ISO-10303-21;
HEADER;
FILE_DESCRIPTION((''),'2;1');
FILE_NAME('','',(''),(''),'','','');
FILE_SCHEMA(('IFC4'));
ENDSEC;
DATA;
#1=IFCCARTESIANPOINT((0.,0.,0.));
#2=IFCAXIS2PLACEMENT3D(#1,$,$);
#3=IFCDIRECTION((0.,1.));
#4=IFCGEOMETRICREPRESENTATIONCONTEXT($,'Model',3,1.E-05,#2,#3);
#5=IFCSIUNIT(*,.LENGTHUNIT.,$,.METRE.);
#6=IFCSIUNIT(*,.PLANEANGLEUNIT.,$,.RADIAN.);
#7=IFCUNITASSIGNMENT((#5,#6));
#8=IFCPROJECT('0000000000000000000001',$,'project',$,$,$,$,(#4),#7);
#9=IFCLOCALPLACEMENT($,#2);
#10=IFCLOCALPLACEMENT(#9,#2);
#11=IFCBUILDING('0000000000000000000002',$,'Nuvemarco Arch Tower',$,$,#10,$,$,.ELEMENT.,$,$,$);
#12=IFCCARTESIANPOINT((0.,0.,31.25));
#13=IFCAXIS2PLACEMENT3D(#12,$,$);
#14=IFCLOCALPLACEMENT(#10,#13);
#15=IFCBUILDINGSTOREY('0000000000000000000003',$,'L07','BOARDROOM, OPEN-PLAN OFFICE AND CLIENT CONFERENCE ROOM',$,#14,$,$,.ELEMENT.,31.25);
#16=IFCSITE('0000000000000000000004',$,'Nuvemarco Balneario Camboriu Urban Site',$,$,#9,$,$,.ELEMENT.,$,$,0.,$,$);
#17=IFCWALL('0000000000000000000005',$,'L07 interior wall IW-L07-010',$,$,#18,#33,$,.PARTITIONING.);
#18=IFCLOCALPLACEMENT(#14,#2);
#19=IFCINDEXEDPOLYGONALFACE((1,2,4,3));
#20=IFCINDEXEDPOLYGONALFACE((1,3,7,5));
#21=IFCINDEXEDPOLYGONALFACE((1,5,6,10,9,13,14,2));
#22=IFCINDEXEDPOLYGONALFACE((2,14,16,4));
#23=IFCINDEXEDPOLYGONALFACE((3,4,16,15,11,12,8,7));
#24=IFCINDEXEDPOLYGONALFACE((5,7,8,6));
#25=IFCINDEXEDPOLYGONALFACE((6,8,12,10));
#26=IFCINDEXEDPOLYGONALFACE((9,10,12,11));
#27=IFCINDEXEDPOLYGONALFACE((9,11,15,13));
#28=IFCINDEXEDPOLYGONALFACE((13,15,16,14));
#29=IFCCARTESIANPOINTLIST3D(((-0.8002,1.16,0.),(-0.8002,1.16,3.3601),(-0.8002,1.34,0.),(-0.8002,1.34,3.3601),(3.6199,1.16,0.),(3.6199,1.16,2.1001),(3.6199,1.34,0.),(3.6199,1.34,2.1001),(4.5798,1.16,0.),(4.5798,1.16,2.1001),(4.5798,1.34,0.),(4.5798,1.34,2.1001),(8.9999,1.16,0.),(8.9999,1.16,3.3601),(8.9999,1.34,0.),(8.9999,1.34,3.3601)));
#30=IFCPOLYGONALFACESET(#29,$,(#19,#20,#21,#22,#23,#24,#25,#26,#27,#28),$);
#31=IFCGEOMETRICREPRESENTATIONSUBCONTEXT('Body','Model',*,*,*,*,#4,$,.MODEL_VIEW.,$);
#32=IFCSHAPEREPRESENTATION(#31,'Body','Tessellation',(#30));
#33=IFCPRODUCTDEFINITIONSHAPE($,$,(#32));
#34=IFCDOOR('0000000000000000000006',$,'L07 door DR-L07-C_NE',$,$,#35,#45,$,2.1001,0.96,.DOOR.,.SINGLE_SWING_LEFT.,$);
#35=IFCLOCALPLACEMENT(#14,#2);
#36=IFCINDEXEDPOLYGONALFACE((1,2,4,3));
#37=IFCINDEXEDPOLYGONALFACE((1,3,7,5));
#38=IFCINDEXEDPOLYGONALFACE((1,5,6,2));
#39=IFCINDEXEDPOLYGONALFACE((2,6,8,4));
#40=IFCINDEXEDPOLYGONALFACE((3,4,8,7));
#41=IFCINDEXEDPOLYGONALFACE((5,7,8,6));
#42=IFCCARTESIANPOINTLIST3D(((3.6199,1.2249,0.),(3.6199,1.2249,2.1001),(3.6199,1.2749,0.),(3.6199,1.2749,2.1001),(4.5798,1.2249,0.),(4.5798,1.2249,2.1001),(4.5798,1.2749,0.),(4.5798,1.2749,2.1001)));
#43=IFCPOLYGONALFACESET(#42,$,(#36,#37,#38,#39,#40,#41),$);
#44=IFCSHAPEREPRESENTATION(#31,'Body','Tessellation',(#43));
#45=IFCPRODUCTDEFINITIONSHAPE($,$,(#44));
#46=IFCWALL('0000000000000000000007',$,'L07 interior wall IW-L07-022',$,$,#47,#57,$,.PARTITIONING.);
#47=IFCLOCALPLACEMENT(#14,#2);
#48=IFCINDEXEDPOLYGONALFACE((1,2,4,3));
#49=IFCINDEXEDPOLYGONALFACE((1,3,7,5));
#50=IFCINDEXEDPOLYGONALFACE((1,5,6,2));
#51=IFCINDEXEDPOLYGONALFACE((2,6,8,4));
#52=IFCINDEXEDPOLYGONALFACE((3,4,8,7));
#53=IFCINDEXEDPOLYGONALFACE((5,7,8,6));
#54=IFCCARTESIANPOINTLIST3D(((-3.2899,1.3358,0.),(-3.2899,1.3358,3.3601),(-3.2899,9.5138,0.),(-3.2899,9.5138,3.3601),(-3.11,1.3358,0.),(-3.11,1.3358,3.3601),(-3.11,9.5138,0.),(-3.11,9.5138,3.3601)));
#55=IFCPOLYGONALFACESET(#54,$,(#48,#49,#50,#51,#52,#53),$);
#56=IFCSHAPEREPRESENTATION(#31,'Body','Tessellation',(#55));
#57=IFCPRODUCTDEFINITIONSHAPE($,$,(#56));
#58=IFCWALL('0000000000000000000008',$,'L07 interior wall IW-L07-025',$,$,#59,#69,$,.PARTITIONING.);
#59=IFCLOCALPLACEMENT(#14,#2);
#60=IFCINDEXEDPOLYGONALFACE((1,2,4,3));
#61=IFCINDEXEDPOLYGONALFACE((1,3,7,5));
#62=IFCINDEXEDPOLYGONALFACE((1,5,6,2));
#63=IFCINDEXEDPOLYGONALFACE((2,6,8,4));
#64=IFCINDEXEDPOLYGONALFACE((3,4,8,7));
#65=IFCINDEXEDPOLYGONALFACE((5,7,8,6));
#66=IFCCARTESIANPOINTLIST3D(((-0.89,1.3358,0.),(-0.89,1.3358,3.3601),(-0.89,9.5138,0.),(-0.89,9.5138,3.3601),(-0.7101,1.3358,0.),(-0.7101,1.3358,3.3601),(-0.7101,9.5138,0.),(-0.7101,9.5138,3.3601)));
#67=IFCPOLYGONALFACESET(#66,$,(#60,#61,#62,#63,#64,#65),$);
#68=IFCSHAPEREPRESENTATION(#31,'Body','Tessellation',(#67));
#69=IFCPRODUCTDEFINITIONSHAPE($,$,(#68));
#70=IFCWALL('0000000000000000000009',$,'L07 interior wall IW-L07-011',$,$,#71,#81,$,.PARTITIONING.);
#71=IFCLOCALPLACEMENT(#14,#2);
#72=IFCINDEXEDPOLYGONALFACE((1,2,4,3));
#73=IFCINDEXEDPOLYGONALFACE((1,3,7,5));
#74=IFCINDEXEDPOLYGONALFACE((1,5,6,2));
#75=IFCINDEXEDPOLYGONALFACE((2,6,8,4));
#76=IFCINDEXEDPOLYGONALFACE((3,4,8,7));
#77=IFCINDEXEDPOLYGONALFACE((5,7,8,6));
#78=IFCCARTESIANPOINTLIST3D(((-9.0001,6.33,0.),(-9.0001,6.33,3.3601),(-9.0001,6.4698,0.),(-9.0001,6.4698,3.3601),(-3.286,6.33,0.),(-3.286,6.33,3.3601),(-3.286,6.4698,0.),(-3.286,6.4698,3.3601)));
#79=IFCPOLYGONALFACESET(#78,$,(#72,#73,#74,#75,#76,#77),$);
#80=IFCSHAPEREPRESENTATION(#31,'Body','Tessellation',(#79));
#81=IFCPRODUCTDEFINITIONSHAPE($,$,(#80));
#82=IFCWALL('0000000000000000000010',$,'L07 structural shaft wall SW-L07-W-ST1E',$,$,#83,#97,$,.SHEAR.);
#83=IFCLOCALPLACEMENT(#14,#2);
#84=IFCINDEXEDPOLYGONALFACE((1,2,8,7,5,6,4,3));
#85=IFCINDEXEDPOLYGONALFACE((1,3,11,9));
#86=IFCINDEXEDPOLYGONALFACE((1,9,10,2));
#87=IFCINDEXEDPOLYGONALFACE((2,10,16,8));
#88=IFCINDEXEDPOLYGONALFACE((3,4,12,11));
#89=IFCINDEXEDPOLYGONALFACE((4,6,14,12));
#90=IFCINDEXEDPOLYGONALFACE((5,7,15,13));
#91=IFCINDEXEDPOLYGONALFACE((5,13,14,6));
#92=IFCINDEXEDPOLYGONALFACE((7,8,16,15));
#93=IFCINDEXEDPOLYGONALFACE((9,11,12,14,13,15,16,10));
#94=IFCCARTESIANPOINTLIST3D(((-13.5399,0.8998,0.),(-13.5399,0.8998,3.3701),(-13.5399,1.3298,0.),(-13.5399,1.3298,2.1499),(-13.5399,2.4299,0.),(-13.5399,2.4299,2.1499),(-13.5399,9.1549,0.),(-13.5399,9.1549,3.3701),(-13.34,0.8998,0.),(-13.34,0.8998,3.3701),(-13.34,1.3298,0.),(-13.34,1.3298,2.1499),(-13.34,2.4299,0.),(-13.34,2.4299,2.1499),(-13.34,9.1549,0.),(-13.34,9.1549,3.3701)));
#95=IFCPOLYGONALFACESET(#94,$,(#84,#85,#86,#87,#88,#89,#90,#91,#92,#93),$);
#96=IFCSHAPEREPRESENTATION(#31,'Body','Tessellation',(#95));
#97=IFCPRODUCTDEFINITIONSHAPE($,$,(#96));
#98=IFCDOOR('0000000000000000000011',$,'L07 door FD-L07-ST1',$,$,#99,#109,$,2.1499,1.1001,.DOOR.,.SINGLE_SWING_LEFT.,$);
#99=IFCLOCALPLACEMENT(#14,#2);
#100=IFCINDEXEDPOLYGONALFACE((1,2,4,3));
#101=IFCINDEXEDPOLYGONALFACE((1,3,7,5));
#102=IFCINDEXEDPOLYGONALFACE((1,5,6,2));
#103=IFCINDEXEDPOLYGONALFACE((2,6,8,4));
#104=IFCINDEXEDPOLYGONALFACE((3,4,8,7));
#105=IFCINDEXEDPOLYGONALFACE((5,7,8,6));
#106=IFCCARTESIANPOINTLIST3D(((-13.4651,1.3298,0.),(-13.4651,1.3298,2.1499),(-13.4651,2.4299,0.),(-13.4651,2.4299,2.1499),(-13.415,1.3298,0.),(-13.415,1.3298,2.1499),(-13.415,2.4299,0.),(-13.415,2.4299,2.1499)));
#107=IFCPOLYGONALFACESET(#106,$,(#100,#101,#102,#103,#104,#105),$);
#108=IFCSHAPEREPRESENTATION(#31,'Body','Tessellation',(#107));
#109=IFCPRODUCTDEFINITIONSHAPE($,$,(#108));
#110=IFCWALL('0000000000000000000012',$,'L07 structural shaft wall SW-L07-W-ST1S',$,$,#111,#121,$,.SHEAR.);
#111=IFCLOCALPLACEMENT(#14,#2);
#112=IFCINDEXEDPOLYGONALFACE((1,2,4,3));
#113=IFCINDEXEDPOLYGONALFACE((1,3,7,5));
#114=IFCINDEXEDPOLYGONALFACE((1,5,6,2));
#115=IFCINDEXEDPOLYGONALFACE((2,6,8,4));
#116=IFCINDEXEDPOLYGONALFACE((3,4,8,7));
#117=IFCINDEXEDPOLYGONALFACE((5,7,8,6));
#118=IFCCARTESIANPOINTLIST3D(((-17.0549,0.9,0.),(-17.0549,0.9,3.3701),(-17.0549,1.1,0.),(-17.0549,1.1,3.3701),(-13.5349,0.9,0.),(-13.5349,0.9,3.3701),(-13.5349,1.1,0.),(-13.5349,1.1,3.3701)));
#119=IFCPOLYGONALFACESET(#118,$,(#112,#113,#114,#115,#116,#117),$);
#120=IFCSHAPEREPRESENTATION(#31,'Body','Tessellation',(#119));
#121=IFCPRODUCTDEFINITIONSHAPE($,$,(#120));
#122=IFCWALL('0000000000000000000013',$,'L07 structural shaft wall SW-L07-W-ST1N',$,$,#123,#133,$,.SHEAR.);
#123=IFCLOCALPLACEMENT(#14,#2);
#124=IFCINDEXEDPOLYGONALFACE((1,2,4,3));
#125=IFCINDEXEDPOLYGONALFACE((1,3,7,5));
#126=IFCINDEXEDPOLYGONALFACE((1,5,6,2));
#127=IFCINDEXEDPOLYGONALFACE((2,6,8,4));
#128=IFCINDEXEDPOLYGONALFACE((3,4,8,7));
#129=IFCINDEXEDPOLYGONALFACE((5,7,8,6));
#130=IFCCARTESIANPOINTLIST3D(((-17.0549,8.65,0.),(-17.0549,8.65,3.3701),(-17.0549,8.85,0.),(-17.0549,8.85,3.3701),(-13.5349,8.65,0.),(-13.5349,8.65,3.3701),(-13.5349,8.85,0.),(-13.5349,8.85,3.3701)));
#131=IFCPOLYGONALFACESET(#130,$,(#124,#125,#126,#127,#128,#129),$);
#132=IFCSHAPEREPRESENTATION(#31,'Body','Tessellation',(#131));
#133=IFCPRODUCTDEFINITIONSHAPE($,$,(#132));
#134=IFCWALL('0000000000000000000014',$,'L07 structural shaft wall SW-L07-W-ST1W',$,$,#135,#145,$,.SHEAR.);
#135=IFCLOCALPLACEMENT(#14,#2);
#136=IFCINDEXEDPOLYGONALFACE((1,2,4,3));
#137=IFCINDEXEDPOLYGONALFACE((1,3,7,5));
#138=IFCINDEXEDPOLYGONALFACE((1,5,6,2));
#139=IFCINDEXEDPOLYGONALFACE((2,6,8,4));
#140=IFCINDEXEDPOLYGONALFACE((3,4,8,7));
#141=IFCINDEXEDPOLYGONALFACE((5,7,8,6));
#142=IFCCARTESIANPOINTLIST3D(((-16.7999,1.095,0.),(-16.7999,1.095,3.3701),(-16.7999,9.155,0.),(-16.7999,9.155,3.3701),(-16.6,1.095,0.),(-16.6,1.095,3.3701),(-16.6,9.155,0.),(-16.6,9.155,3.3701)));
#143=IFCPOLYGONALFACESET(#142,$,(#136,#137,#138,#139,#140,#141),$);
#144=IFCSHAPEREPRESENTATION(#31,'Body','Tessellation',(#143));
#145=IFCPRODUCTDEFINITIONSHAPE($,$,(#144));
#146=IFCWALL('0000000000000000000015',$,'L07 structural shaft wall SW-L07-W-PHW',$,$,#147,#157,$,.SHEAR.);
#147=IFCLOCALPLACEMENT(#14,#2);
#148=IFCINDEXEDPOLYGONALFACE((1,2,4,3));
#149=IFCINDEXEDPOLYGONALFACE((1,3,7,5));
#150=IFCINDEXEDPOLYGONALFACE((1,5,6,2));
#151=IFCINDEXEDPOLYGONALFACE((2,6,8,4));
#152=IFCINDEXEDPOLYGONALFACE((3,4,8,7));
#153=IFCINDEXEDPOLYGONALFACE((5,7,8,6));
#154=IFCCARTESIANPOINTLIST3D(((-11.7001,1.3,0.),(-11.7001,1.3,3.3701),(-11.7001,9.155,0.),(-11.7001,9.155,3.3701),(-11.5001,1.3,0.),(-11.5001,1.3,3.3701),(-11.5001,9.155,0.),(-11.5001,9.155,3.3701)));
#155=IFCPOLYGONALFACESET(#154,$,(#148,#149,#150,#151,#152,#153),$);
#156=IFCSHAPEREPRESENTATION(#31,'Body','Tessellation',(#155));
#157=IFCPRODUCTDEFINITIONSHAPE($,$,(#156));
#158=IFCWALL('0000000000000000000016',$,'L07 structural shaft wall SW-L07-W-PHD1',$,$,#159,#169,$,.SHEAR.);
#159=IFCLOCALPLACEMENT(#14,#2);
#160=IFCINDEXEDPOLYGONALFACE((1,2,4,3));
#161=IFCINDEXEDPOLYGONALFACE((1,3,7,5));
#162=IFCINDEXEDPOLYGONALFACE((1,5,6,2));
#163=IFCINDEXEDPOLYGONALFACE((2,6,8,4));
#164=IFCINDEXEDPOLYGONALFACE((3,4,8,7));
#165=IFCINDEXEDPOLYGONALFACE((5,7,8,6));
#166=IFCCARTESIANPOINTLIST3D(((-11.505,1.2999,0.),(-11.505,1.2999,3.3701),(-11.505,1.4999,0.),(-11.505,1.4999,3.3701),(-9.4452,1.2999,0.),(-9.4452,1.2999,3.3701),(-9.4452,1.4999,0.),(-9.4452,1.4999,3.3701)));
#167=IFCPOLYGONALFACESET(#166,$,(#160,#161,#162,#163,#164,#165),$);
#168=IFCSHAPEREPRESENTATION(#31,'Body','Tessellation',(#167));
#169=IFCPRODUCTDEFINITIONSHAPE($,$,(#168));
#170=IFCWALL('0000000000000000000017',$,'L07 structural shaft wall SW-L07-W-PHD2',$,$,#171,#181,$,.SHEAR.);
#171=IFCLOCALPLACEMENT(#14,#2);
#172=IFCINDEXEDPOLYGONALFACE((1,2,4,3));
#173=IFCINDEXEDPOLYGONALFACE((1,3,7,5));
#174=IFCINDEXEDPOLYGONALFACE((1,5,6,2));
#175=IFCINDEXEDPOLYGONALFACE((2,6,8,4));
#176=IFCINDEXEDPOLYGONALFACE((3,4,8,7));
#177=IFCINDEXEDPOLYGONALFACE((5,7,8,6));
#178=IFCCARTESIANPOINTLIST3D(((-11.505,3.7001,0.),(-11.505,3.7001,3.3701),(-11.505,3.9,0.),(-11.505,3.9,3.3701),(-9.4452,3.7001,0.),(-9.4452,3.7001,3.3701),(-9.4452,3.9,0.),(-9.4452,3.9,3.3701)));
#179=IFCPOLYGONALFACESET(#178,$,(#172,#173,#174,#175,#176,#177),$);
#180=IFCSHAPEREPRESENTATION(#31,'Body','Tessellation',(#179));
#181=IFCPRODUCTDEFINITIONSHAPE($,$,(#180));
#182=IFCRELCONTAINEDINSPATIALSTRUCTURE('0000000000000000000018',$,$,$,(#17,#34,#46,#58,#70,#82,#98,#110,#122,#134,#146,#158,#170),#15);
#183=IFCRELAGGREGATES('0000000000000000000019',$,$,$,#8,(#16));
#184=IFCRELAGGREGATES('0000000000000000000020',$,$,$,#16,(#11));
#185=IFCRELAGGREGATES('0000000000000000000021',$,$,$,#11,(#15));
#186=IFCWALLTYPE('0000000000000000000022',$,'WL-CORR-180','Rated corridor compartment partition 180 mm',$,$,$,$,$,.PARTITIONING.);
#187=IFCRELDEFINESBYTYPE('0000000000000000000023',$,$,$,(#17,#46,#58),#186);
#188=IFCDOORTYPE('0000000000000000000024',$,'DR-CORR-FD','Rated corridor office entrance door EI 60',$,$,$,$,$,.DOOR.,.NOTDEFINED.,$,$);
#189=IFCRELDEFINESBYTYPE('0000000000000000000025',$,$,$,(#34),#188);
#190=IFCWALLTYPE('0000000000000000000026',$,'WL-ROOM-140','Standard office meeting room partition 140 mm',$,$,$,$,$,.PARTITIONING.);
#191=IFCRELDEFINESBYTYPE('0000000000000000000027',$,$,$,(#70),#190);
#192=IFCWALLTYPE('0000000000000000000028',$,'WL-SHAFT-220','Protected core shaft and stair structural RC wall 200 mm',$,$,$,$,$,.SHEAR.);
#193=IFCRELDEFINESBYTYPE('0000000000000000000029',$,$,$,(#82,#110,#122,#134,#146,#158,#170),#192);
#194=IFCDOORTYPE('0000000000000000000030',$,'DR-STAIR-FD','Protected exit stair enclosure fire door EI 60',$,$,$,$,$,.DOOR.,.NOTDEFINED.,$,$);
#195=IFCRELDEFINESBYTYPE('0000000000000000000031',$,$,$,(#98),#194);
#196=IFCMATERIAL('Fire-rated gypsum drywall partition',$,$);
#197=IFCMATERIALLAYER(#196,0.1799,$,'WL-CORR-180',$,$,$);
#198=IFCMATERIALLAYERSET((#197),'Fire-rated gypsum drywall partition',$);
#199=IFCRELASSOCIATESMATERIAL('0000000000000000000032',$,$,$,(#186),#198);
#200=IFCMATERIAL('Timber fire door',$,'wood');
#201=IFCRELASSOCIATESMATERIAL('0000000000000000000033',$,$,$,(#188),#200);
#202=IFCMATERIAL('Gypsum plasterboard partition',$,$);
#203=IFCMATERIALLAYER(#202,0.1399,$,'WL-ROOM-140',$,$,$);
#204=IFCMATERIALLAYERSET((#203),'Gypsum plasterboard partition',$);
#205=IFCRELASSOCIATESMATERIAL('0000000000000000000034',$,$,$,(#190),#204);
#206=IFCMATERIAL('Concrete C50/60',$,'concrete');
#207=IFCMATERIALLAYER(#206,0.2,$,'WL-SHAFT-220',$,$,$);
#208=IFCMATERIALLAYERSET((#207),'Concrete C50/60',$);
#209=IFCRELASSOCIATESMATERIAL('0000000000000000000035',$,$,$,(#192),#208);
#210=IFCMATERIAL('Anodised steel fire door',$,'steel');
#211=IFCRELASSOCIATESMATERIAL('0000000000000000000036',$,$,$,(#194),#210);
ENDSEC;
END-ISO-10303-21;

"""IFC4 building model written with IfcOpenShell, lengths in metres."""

from ifc_helpers import new_model, si_unit, direction, frame, frame_2d, origin, place, context, subcontext, project, spatial, rectangle, extrude, source, transform, mapped, material, layer, layer_set, type_object, type_shapes, element, fill, save


model = new_model("IFC4")

# Units and contexts
model_context = context("Model", 3, precision=1e-05, world=origin(), true_north=direction((0.0, 1.0)))
body_context = subcontext(model_context, "Body", "Model", "MODEL_VIEW")
ifc_project = project(units=[si_unit("LENGTHUNIT", "METRE"), si_unit("PLANEANGLEUNIT", "RADIAN")], contexts=[model_context])

# Site, building, storey
site_placement = place(None, origin())
site = spatial("IfcSite", under=ifc_project, at=site_placement, Name="Nuvemarco Balneario Camboriu Urban Site", CompositionType="ELEMENT", RefElevation=0.0)
building_placement = place(site_placement, origin())
building = spatial("IfcBuilding", under=site, at=building_placement, Name="Nuvemarco Arch Tower", CompositionType="ELEMENT")
storey_placement = place(building_placement, frame((0.0, 0.0, 31.25)))
storey = spatial("IfcBuildingStorey", under=building, at=storey_placement, Name="L07", Description="BOARDROOM, OPEN-PLAN OFFICE AND CLIENT CONFERENCE ROOM", CompositionType="ELEMENT", Elevation=31.25)

# Wall, opening, door
ifc_material_1 = material(Name="Fire-rated gypsum drywall partition")
ifc_layer_1 = layer(ifc_material_1, 0.1799, Name="WL-CORR-180")
ifc_layer_set_1 = layer_set([ifc_layer_1], Name="Fire-rated gypsum drywall partition")
wall_type_1 = type_object("IfcWallType", Name="WL-CORR-180", Description="Rated corridor compartment partition 180 mm", PredefinedType="PARTITIONING", material=ifc_layer_set_1)
ifc_material_2 = material(Name="Timber fire door", Category="wood")
door_type_1 = type_object("IfcDoorType", Name="DR-CORR-FD", Description="Rated corridor office entrance door EI 60", OperationType="NOTDEFINED", PredefinedType="DOOR", material=ifc_material_2)
shared_shape_1 = source(origin(), body_context, "Body", "SweptSolid", [
    extrude(rectangle(XDim=0.96, YDim=2.1001, at=frame_2d((0.48, 1.05))), frame((0.0, 0.0249, 0.0), z_axis=(0.0, -1.0, 0.0), x_axis=(1.0, 0.0, 0.0)), (0.0, 0.0, 1.0), 0.05),
])
type_shapes(door_type_1, [shared_shape_1])
wall_1_placement = place(storey_placement, frame((-0.8, 1.25, 0.0), z_axis=(0.0, 0.0, 1.0), x_axis=(1.0, 0.0, 0.0)))
wall_1 = element("IfcWall", 1, at=wall_1_placement, inside=storey, type_object=wall_type_1, Name="L07 interior wall IW-L07-010", PredefinedType="PARTITIONING", context=body_context, shape_type="SweptSolid", body=[
    extrude(rectangle(XDim=9.8, YDim=0.1799, at=frame_2d((4.8999, 0.0))), origin(), (0.0, 0.0, 1.0), 3.3601),
])
opening_1_placement = place(wall_1_placement, frame((4.4199, 0.0, 0.0)))
opening_1 = element("IfcOpeningElement", 2, at=opening_1_placement, cuts=wall_1, PredefinedType="OPENING", context=body_context, shape_type="SweptSolid", body=[
    extrude(rectangle(XDim=0.96, YDim=2.1001, at=frame_2d((0.48, 1.05))), frame((0.0, 0.0999, 0.0), z_axis=(0.0, -1.0, 0.0), x_axis=(1.0, 0.0, 0.0)), (0.0, 0.0, 1.0), 0.2),
])
door_1_placement = place(opening_1_placement, origin())
door_1 = element("IfcDoor", 3, at=door_1_placement, inside=storey, type_object=door_type_1, Name="L07 door DR-L07-C_NE", OperationType="SINGLE_SWING_LEFT", OverallHeight=2.1001, OverallWidth=0.96, PredefinedType="DOOR", context=body_context, shape_type="MappedRepresentation", body=[
    mapped(shared_shape_1, transform((0.0, 0.0, 0.0), scale=1.0)),
])
fill(opening_1, door_1)

# Walls
for number, where, z_axis, x_axis, name in (
    (4, (-3.2, 1.3359, 0.0), (0.0, 0.0, 1.0), (0.0, 1.0, 0.0), "L07 interior wall IW-L07-022"),
    (5, (-0.8, 1.3359, 0.0), (0.0, 0.0, 1.0), (0.0, 1.0, 0.0), "L07 interior wall IW-L07-025"),
):
    element("IfcWall", number, at=place(storey_placement, frame(where, z_axis=z_axis, x_axis=x_axis)), inside=storey, type_object=wall_type_1, Name=name, PredefinedType="PARTITIONING", context=body_context, shape_type="SweptSolid", body=[
        extrude(rectangle(XDim=8.178, YDim=0.1799, at=frame_2d((4.0889, 0.0))), origin(), (0.0, 0.0, 1.0), 3.3601),
    ])
ifc_material_3 = material(Name="Gypsum plasterboard partition")
ifc_layer_2 = layer(ifc_material_3, 0.1399, Name="WL-ROOM-140")
ifc_layer_set_2 = layer_set([ifc_layer_2], Name="Gypsum plasterboard partition")
wall_type_2 = type_object("IfcWallType", Name="WL-ROOM-140", Description="Standard office meeting room partition 140 mm", PredefinedType="PARTITIONING", material=ifc_layer_set_2)
wall_2_placement = place(storey_placement, frame((-9.0, 6.3999, 0.0), z_axis=(0.0, 0.0, 1.0), x_axis=(1.0, 0.0, 0.0)))
element("IfcWall", 6, at=wall_2_placement, inside=storey, type_object=wall_type_2, Name="L07 interior wall IW-L07-011", PredefinedType="PARTITIONING", context=body_context, shape_type="SweptSolid", body=[
    extrude(rectangle(XDim=5.7141, YDim=0.1399, at=frame_2d((2.8569, 0.0))), origin(), (0.0, 0.0, 1.0), 3.3601),
])

# Wall, opening, door
ifc_material_4 = material(Name="Concrete C50/60", Category="concrete")
ifc_layer_3 = layer(ifc_material_4, 0.2, Name="WL-SHAFT-220")
ifc_layer_set_3 = layer_set([ifc_layer_3], Name="Concrete C50/60")
wall_type_3 = type_object("IfcWallType", Name="WL-SHAFT-220", Description="Protected core shaft and stair structural RC wall 200 mm", PredefinedType="SHEAR", material=ifc_layer_set_3)
wall_3_placement = place(storey_placement, frame((-13.4399, 0.8999, 0.0), z_axis=(0.0, 0.0, 1.0), x_axis=(0.0, 1.0, 0.0)))
wall_3 = element("IfcWall", 7, at=wall_3_placement, inside=storey, type_object=wall_type_3, Name="L07 structural shaft wall SW-L07-W-ST1E", PredefinedType="SHEAR", context=body_context, shape_type="SweptSolid", body=[
    extrude(rectangle(XDim=8.2551, YDim=0.2, at=frame_2d((4.1274, 0.0))), origin(), (0.0, 0.0, 1.0), 3.3701),
])
opening_2_placement = place(wall_3_placement, frame((1.53, 0.0, 0.0), z_axis=(0.0, 0.0, 1.0), x_axis=(-1.0, 0.0, 0.0)))
opening_2 = element("IfcOpeningElement", 8, at=opening_2_placement, cuts=wall_3, PredefinedType="OPENING", context=body_context, shape_type="SweptSolid", body=[
    extrude(rectangle(XDim=1.1001, YDim=2.1499, at=frame_2d((0.55, 1.075))), frame((0.0, 0.1099, 0.0), z_axis=(0.0, -1.0, 0.0), x_axis=(1.0, 0.0, 0.0)), (0.0, 0.0, 1.0), 0.22),
])
ifc_material_5 = material(Name="Anodised steel fire door", Category="steel")
door_type_2 = type_object("IfcDoorType", Name="DR-STAIR-FD", Description="Protected exit stair enclosure fire door EI 60", OperationType="NOTDEFINED", PredefinedType="DOOR", material=ifc_material_5)
shared_shape_2 = source(origin(), body_context, "Body", "SweptSolid", [
    extrude(rectangle(XDim=1.1001, YDim=2.1499, at=frame_2d((0.55, 1.075))), frame((0.0, 0.0249, 0.0), z_axis=(0.0, -1.0, 0.0), x_axis=(1.0, 0.0, 0.0)), (0.0, 0.0, 1.0), 0.05),
])
type_shapes(door_type_2, [shared_shape_2])
door_2_placement = place(opening_2_placement, origin())
door_2 = element("IfcDoor", 9, at=door_2_placement, inside=storey, type_object=door_type_2, Name="L07 door FD-L07-ST1", OperationType="SINGLE_SWING_LEFT", OverallHeight=2.1499, OverallWidth=1.1001, PredefinedType="DOOR", context=body_context, shape_type="MappedRepresentation", body=[
    mapped(shared_shape_2, transform((0.0, 0.0, 0.0), scale=1.0)),
])
fill(opening_2, door_2)

# Walls
for number, where, z_axis, x_axis, name in (
    (10, (-17.0549, 1.0, 0.0), (0.0, 0.0, 1.0), (1.0, 0.0, 0.0), "L07 structural shaft wall SW-L07-W-ST1S"),
    (11, (-17.0549, 8.75, 0.0), (0.0, 0.0, 1.0), (1.0, 0.0, 0.0), "L07 structural shaft wall SW-L07-W-ST1N"),
):
    element("IfcWall", number, at=place(storey_placement, frame(where, z_axis=z_axis, x_axis=x_axis)), inside=storey, type_object=wall_type_3, Name=name, PredefinedType="SHEAR", context=body_context, shape_type="SweptSolid", body=[
        extrude(rectangle(XDim=3.52, YDim=0.2, at=frame_2d((1.76, 0.0))), origin(), (0.0, 0.0, 1.0), 3.3701),
    ])
wall_4_placement = place(storey_placement, frame((-16.7, 1.095, 0.0), z_axis=(0.0, 0.0, 1.0), x_axis=(0.0, 1.0, 0.0)))
element("IfcWall", 12, at=wall_4_placement, inside=storey, type_object=wall_type_3, Name="L07 structural shaft wall SW-L07-W-ST1W", PredefinedType="SHEAR", context=body_context, shape_type="SweptSolid", body=[
    extrude(rectangle(XDim=8.0601, YDim=0.2, at=frame_2d((4.03, 0.0))), origin(), (0.0, 0.0, 1.0), 3.3701),
])
wall_5_placement = place(storey_placement, frame((-11.6001, 1.3, 0.0), z_axis=(0.0, 0.0, 1.0), x_axis=(0.0, 1.0, 0.0)))
element("IfcWall", 13, at=wall_5_placement, inside=storey, type_object=wall_type_3, Name="L07 structural shaft wall SW-L07-W-PHW", PredefinedType="SHEAR", context=body_context, shape_type="SweptSolid", body=[
    extrude(rectangle(XDim=7.855, YDim=0.2, at=frame_2d((3.9275, 0.0))), origin(), (0.0, 0.0, 1.0), 3.3701),
])
for number, where, z_axis, x_axis, name in (
    (14, (-11.5049, 1.3999, 0.0), (0.0, 0.0, 1.0), (1.0, 0.0, 0.0), "L07 structural shaft wall SW-L07-W-PHD1"),
    (15, (-11.5049, 3.8, 0.0), (0.0, 0.0, 1.0), (1.0, 0.0, 0.0), "L07 structural shaft wall SW-L07-W-PHD2"),
):
    element("IfcWall", number, at=place(storey_placement, frame(where, z_axis=z_axis, x_axis=x_axis)), inside=storey, type_object=wall_type_3, Name=name, PredefinedType="SHEAR", context=body_context, shape_type="SweptSolid", body=[
        extrude(rectangle(XDim=2.0598, YDim=0.2, at=frame_2d((1.0298, 0.0))), origin(), (0.0, 0.0, 1.0), 3.3701),
    ])

save(model, "model.ifc")
